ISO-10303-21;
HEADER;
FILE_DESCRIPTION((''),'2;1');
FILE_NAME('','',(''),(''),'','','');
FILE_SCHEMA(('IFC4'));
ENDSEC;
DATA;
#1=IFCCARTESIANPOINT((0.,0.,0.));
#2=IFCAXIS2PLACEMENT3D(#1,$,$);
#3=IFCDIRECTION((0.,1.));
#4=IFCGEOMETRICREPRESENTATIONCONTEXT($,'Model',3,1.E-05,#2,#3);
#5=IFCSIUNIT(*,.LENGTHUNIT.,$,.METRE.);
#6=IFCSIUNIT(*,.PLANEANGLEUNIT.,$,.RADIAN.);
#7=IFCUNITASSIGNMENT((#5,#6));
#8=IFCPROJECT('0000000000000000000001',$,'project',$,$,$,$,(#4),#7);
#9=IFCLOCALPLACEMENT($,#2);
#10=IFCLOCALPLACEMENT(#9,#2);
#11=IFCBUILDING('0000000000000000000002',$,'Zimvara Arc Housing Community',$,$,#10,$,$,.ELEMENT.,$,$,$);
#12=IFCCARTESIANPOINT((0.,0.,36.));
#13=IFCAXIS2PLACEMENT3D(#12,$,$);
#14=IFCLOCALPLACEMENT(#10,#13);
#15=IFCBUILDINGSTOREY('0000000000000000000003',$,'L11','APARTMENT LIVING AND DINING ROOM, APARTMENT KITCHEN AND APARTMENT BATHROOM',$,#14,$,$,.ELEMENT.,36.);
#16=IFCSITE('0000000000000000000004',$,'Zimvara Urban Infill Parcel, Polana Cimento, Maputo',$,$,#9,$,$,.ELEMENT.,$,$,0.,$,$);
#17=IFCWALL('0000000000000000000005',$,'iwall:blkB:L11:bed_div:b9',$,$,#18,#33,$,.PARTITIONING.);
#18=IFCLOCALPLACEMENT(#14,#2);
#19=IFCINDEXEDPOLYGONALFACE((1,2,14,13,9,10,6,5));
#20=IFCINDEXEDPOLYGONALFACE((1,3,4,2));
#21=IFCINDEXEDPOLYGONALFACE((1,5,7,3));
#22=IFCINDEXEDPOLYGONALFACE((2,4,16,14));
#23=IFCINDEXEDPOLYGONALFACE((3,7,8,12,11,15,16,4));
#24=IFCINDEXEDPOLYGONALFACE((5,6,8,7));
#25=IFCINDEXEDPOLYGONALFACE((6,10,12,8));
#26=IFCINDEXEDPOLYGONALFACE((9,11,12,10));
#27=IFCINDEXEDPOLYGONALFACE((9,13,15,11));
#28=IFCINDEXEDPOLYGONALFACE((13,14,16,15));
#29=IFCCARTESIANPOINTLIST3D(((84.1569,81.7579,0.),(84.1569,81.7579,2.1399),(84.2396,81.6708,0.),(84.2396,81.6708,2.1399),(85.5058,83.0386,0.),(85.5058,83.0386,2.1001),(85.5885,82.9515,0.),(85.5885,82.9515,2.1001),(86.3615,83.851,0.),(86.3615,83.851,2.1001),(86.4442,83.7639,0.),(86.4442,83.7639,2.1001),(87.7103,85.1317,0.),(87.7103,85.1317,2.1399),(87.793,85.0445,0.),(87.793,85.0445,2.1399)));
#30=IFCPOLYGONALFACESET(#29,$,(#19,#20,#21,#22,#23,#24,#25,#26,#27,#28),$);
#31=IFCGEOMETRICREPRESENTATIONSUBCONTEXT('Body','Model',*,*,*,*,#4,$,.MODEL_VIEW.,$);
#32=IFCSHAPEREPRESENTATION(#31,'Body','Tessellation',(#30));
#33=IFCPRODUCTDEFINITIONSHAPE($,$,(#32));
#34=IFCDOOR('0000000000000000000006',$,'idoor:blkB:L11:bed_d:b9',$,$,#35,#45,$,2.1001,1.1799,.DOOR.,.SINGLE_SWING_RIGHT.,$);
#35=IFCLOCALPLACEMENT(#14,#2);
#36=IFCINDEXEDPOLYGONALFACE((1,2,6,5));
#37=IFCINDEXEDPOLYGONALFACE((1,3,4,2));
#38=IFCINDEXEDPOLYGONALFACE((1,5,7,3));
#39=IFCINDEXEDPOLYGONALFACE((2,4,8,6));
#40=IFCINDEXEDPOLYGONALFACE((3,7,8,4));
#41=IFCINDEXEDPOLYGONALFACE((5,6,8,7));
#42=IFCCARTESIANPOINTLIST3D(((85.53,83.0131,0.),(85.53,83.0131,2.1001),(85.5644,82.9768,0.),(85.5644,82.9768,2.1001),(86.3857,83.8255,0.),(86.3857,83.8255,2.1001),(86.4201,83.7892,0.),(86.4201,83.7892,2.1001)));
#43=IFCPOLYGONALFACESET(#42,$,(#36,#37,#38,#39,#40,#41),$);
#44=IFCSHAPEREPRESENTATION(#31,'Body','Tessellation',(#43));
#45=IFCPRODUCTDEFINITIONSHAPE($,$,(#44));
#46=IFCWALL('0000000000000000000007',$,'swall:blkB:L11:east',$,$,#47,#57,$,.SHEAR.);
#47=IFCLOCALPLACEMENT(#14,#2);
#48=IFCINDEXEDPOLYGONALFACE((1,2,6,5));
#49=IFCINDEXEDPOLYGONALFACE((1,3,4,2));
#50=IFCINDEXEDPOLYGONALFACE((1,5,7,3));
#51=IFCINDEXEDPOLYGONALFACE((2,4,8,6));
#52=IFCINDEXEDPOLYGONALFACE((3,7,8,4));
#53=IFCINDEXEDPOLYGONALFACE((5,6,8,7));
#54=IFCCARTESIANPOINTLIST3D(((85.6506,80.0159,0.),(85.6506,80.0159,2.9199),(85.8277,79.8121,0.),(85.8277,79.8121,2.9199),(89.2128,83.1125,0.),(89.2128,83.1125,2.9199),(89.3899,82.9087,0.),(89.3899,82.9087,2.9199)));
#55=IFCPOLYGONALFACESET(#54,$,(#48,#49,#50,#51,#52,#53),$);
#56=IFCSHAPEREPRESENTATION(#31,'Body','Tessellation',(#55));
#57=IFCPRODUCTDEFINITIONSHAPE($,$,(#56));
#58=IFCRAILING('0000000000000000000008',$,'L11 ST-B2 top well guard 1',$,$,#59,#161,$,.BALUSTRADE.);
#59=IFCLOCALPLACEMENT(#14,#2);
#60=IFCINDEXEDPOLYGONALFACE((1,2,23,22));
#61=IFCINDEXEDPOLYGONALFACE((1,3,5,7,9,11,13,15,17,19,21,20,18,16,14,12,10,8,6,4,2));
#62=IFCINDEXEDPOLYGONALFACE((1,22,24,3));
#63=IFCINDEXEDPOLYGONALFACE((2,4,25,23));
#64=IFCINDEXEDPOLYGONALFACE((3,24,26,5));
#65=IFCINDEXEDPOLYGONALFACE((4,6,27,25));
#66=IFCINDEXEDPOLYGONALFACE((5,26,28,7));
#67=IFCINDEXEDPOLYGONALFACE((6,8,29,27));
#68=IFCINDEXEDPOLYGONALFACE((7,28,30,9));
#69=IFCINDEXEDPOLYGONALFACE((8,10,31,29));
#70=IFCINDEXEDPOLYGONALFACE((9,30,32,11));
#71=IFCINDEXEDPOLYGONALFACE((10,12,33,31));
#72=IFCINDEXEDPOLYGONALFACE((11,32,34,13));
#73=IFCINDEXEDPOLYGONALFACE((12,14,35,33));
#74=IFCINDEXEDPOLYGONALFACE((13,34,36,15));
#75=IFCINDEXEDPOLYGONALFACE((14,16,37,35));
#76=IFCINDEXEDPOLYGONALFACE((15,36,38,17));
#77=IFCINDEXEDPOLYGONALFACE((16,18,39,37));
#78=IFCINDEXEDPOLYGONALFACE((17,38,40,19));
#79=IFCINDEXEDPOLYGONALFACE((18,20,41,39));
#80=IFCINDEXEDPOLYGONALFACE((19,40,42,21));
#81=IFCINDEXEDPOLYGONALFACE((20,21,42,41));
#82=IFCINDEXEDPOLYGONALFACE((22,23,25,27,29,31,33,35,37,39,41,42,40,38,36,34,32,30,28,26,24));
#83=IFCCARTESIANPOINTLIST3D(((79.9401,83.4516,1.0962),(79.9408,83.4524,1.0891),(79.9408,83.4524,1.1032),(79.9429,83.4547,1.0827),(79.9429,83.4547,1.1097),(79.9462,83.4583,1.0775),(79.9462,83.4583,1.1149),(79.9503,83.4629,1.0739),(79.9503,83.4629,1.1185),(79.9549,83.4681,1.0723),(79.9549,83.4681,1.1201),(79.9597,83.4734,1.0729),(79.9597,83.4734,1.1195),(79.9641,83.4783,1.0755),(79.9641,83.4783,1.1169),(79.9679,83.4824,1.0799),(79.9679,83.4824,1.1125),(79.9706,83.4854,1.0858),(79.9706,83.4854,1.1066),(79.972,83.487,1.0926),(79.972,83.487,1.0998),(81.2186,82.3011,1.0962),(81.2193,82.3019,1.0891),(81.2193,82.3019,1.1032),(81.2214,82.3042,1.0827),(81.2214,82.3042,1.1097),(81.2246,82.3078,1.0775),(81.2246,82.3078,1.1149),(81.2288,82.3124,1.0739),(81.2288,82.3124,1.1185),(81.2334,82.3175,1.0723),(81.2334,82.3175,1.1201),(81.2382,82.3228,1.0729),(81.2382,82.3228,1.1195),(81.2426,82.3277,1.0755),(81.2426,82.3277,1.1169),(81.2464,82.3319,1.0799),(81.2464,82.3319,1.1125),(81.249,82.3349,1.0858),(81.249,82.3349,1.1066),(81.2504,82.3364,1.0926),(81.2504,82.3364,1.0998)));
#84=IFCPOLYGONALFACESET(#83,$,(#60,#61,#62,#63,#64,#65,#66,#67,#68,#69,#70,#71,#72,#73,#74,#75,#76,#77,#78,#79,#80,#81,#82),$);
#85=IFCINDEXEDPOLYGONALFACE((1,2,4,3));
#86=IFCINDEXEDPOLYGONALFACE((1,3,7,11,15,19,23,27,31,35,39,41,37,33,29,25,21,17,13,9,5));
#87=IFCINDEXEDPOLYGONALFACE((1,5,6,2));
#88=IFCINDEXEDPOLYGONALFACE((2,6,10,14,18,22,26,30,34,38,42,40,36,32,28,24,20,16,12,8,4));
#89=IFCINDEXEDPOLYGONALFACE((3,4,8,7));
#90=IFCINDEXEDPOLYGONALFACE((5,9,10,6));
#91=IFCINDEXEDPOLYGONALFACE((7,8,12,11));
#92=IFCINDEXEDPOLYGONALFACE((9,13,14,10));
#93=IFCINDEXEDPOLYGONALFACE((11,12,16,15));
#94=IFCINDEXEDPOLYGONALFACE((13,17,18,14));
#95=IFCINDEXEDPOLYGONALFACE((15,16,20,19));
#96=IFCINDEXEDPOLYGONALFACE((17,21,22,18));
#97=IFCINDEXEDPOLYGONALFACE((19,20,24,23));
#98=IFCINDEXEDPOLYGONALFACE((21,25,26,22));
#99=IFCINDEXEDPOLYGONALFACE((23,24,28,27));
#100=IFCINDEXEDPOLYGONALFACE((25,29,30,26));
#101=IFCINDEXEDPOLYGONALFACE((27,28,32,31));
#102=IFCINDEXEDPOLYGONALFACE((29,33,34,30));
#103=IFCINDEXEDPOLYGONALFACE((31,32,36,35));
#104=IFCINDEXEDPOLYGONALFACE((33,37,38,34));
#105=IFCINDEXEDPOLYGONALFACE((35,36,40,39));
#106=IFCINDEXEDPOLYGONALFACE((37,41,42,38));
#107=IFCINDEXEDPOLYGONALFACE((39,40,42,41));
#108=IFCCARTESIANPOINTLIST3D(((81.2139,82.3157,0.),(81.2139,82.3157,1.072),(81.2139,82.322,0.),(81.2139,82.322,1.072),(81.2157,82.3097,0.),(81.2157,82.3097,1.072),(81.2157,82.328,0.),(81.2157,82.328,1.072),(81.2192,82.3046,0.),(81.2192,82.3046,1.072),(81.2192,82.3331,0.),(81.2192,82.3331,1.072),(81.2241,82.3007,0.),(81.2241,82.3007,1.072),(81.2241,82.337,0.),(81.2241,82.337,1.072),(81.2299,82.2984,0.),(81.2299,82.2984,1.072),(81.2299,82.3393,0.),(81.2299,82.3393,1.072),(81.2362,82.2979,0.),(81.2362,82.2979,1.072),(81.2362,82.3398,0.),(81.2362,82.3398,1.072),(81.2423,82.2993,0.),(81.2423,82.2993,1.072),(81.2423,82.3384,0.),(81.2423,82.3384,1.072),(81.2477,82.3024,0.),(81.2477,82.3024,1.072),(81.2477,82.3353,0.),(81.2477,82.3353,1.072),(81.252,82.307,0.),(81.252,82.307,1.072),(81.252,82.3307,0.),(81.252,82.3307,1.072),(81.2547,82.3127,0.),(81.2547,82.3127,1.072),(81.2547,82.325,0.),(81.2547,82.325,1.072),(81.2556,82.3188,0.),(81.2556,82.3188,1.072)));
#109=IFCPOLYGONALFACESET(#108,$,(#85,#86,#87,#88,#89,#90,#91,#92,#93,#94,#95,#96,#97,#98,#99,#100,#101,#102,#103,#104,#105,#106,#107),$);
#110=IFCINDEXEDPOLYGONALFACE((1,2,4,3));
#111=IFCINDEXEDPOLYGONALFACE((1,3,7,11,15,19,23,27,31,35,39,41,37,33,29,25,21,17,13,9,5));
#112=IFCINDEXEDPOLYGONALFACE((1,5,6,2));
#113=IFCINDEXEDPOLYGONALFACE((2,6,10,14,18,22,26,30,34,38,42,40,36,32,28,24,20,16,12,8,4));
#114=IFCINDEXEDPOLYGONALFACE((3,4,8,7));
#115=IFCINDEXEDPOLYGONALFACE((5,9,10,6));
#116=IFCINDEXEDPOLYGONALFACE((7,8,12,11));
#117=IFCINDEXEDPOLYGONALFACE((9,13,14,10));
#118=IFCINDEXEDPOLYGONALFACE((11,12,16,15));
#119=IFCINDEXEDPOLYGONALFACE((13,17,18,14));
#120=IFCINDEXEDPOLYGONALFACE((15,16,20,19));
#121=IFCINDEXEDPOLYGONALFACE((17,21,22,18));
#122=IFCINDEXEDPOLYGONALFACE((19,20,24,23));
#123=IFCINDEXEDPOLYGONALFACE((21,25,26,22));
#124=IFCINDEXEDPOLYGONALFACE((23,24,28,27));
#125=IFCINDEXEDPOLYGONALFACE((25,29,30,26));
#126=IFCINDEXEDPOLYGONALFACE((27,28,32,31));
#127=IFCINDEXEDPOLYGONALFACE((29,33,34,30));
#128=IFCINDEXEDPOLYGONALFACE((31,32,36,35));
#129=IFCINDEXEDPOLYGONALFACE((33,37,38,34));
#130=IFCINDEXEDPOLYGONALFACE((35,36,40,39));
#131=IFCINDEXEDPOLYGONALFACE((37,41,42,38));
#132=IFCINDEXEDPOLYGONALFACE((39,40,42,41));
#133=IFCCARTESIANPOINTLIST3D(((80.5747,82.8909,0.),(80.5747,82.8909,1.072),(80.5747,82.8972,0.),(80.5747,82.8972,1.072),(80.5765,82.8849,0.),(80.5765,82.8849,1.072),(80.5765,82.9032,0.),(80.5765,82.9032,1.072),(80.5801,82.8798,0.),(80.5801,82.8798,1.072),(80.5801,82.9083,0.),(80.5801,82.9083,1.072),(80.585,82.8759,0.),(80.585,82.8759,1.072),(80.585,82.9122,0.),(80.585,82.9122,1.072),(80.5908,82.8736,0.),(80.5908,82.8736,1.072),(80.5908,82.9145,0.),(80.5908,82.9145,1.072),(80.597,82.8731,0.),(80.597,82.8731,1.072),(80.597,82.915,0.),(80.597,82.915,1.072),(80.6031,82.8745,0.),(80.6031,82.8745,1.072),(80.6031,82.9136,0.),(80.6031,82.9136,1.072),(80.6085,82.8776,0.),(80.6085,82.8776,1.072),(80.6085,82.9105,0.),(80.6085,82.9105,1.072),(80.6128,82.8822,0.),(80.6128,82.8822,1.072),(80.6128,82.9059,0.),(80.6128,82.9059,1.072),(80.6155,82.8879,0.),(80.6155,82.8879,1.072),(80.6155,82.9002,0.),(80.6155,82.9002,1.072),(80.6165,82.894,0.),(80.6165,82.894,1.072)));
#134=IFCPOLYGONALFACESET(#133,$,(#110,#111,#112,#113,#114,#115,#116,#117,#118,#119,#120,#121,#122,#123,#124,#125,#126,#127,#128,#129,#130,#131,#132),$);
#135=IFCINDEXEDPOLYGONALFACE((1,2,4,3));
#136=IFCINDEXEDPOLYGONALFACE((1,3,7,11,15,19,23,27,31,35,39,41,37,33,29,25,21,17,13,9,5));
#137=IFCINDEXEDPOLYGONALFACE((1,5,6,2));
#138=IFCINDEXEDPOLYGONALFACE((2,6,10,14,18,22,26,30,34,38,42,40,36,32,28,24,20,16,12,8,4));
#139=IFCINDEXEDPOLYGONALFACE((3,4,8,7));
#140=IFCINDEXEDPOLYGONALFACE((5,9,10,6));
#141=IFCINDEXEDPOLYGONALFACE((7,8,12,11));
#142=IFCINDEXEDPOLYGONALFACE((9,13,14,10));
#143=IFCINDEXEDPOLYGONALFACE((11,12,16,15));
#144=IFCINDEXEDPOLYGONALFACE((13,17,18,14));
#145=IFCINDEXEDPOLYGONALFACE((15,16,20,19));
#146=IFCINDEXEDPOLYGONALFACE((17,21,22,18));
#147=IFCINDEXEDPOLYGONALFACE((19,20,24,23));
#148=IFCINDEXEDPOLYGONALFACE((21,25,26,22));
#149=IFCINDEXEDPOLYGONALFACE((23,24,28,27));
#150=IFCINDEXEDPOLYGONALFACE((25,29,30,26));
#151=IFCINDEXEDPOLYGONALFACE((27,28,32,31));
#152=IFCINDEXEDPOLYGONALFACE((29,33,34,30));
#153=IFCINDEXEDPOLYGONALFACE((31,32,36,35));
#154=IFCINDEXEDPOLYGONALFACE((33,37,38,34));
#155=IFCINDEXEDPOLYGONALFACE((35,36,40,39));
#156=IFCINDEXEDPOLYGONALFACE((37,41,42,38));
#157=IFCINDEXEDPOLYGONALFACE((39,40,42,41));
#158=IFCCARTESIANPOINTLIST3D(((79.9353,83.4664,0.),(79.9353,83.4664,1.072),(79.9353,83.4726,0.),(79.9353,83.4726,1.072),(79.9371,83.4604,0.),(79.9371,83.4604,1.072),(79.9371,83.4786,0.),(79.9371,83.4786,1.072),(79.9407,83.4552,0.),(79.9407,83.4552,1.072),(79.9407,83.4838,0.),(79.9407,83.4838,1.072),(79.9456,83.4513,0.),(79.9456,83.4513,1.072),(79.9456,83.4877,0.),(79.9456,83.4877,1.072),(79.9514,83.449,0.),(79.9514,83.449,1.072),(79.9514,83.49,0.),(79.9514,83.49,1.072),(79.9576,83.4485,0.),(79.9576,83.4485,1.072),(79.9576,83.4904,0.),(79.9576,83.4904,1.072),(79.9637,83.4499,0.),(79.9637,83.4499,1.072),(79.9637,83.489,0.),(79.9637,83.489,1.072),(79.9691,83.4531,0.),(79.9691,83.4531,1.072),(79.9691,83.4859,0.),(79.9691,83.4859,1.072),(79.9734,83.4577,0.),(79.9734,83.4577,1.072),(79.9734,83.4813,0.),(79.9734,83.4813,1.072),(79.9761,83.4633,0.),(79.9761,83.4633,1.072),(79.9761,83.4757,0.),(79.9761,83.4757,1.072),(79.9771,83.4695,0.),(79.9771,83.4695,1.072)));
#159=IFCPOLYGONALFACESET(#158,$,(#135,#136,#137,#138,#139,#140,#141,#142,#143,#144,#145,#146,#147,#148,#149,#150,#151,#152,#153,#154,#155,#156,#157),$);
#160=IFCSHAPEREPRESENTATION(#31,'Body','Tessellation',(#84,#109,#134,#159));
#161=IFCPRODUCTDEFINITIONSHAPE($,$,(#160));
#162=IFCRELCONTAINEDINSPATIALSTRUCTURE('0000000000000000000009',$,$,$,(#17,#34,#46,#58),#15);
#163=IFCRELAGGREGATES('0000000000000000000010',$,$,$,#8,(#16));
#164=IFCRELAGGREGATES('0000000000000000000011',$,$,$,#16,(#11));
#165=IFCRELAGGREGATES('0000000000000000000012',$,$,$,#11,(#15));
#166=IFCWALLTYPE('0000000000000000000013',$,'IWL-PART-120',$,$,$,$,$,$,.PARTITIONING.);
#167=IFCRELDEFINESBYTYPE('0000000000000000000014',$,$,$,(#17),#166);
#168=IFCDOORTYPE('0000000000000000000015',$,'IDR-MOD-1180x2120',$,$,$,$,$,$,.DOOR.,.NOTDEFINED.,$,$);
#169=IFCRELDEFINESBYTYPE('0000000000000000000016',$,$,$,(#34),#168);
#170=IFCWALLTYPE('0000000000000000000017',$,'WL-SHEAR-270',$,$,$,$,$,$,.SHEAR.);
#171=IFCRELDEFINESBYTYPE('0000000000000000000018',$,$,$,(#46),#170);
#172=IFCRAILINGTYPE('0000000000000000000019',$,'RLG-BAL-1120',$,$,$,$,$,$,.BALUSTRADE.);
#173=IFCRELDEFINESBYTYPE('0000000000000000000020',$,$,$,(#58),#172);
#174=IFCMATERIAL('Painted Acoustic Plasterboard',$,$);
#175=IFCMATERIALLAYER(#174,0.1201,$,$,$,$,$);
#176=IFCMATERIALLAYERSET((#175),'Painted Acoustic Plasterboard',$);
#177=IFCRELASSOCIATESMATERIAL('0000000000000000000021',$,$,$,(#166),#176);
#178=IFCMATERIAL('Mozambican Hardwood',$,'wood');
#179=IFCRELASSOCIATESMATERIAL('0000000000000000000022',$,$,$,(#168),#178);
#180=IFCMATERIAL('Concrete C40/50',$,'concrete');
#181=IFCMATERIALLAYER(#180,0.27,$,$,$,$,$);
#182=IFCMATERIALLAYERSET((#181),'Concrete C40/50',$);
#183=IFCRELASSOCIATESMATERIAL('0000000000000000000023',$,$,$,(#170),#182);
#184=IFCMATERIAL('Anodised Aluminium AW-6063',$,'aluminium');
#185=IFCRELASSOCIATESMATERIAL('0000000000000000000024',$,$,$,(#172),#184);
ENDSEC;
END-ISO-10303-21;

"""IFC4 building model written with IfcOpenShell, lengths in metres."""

from ifc_helpers import new_model, si_unit, direction, frame, frame_2d, origin, origin_2d, place, context, subcontext, project, spatial, rectangle, circle, extrude, material, layer, layer_set, type_object, element, fill, save


model = new_model("IFC4")

# Units and contexts
model_context = context("Model", 3, precision=1e-05, world=origin(), true_north=direction((0.0, 1.0)))
body_context = subcontext(model_context, "Body", "Model", "MODEL_VIEW")
ifc_project = project(units=[si_unit("LENGTHUNIT", "METRE"), si_unit("PLANEANGLEUNIT", "RADIAN")], contexts=[model_context])

# Site, building, storey
site_placement = place(None, origin())
site = spatial("IfcSite", under=ifc_project, at=site_placement, Name="Zimvara Urban Infill Parcel, Polana Cimento, Maputo", CompositionType="ELEMENT", RefElevation=0.0)
building_placement = place(site_placement, origin())
building = spatial("IfcBuilding", under=site, at=building_placement, Name="Zimvara Arc Housing Community", CompositionType="ELEMENT")
storey_placement = place(building_placement, frame((0.0, 0.0, 36.0)))
storey = spatial("IfcBuildingStorey", under=building, at=storey_placement, Name="L11", Description="APARTMENT LIVING AND DINING ROOM, APARTMENT KITCHEN AND APARTMENT BATHROOM", CompositionType="ELEMENT", Elevation=36.0)

# Wall, opening, door
ifc_material_1 = material(Name="Painted Acoustic Plasterboard")
ifc_layer_1 = layer(ifc_material_1, 0.1201)
ifc_layer_set_1 = layer_set([ifc_layer_1], Name="Painted Acoustic Plasterboard")
wall_type_1 = type_object("IfcWallType", Name="IWL-PART-120", PredefinedType="PARTITIONING", material=ifc_layer_set_1)
wall_1_placement = place(storey_placement, frame((84.1982, 81.7144, 0.0), z_axis=(0.0, 0.0, 1.0), x_axis=(0.725205, 0.688533, 0.0)))
wall_1 = element("IfcWall", 1, at=wall_1_placement, inside=storey, type_object=wall_type_1, Name="iwall:blkB:L11:bed_div:b9", PredefinedType="PARTITIONING", context=body_context, shape_type="SweptSolid", body=[
    extrude(rectangle(XDim=4.8999, YDim=0.1201, at=frame_2d((2.45, 0.0))), origin(), (0.0, 0.0, 1.0), 2.1399),
])
opening_1_placement = place(wall_1_placement, frame((1.8601, 0.0, 0.0)))
opening_1 = element("IfcOpeningElement", 2, at=opening_1_placement, cuts=wall_1, PredefinedType="OPENING", context=body_context, shape_type="SweptSolid", body=[
    extrude(rectangle(XDim=1.1799, YDim=2.1001, at=frame_2d((0.5898, 1.05))), frame((0.0, 0.0701, 0.0), z_axis=(0.0, -1.0, 0.0), x_axis=(1.0, 0.0, 0.0)), (0.0, 0.0, 1.0), 0.1401),
])
ifc_material_2 = material(Name="Mozambican Hardwood", Category="wood")
door_type_1 = type_object("IfcDoorType", Name="IDR-MOD-1180x2120", OperationType="NOTDEFINED", PredefinedType="DOOR", material=ifc_material_2)
door_1_placement = place(opening_1_placement, origin())
door_1 = element("IfcDoor", 3, at=door_1_placement, inside=storey, type_object=door_type_1, Name="idoor:blkB:L11:bed_d:b9", OperationType="SINGLE_SWING_RIGHT", OverallHeight=2.1001, OverallWidth=1.1799, PredefinedType="DOOR", context=body_context, shape_type="SweptSolid", body=[
    extrude(rectangle(XDim=1.1799, YDim=2.1001, at=frame_2d((0.5898, 1.05))), frame((0.0, 0.0249, 0.0), z_axis=(0.0, -1.0, 0.0), x_axis=(1.0, 0.0, 0.0)), (0.0, 0.0, 1.0), 0.05),
])
fill(opening_1, door_1)

# Wall
ifc_material_3 = material(Name="Concrete C40/50", Category="concrete")
ifc_layer_2 = layer(ifc_material_3, 0.27)
ifc_layer_set_2 = layer_set([ifc_layer_2], Name="Concrete C40/50")
wall_type_2 = type_object("IfcWallType", Name="WL-SHEAR-270", PredefinedType="SHEAR", material=ifc_layer_set_2)
wall_2_placement = place(storey_placement, frame((85.7393, 79.9141, 0.0), z_axis=(0.0, 0.0, 1.0), x_axis=(0.754704, 0.656066, 0.0)))
element("IfcWall", 4, at=wall_2_placement, inside=storey, type_object=wall_type_2, Name="swall:blkB:L11:east", PredefinedType="SHEAR", context=body_context, shape_type="SweptSolid", body=[
    extrude(rectangle(XDim=4.72, YDim=0.27, at=frame_2d((2.3599, 0.0))), origin(), (0.0, 0.0, 1.0), 2.9199),
])

# Railing
ifc_material_4 = material(Name="Anodised Aluminium AW-6063", Category="aluminium")
railing_type_1 = type_object("IfcRailingType", Name="RLG-BAL-1120", PredefinedType="BALUSTRADE", material=ifc_material_4)
railing_1_placement = place(storey_placement, frame((81.2346, 82.3188, 0.0)))
element("IfcRailing", 5, at=railing_1_placement, inside=storey, type_object=railing_type_1, Name="L11 ST-B2 top well guard 1", PredefinedType="BALUSTRADE", context=body_context, shape_type="SweptSolid", body=[
    extrude(circle(Radius=0.0239, at=origin_2d()), frame((0.0, 0.0, 1.0962), z_axis=(-0.743315, 0.668941, 0.0), x_axis=(-0.668941, -0.743315, 0.0)), (0.0, 0.0, 1.0), 1.72),
    extrude(circle(Radius=0.021, at=origin_2d()), origin(), (0.0, 0.0, 1.0), 1.072),
    extrude(circle(Radius=0.021, at=origin_2d()), frame((-0.6392, 0.5752, 0.0)), (0.0, 0.0, 1.0), 1.072),
    extrude(circle(Radius=0.021, at=origin_2d()), frame((-1.2786, 1.1506, 0.0)), (0.0, 0.0, 1.0), 1.072),
])

save(model, "model.ifc")
